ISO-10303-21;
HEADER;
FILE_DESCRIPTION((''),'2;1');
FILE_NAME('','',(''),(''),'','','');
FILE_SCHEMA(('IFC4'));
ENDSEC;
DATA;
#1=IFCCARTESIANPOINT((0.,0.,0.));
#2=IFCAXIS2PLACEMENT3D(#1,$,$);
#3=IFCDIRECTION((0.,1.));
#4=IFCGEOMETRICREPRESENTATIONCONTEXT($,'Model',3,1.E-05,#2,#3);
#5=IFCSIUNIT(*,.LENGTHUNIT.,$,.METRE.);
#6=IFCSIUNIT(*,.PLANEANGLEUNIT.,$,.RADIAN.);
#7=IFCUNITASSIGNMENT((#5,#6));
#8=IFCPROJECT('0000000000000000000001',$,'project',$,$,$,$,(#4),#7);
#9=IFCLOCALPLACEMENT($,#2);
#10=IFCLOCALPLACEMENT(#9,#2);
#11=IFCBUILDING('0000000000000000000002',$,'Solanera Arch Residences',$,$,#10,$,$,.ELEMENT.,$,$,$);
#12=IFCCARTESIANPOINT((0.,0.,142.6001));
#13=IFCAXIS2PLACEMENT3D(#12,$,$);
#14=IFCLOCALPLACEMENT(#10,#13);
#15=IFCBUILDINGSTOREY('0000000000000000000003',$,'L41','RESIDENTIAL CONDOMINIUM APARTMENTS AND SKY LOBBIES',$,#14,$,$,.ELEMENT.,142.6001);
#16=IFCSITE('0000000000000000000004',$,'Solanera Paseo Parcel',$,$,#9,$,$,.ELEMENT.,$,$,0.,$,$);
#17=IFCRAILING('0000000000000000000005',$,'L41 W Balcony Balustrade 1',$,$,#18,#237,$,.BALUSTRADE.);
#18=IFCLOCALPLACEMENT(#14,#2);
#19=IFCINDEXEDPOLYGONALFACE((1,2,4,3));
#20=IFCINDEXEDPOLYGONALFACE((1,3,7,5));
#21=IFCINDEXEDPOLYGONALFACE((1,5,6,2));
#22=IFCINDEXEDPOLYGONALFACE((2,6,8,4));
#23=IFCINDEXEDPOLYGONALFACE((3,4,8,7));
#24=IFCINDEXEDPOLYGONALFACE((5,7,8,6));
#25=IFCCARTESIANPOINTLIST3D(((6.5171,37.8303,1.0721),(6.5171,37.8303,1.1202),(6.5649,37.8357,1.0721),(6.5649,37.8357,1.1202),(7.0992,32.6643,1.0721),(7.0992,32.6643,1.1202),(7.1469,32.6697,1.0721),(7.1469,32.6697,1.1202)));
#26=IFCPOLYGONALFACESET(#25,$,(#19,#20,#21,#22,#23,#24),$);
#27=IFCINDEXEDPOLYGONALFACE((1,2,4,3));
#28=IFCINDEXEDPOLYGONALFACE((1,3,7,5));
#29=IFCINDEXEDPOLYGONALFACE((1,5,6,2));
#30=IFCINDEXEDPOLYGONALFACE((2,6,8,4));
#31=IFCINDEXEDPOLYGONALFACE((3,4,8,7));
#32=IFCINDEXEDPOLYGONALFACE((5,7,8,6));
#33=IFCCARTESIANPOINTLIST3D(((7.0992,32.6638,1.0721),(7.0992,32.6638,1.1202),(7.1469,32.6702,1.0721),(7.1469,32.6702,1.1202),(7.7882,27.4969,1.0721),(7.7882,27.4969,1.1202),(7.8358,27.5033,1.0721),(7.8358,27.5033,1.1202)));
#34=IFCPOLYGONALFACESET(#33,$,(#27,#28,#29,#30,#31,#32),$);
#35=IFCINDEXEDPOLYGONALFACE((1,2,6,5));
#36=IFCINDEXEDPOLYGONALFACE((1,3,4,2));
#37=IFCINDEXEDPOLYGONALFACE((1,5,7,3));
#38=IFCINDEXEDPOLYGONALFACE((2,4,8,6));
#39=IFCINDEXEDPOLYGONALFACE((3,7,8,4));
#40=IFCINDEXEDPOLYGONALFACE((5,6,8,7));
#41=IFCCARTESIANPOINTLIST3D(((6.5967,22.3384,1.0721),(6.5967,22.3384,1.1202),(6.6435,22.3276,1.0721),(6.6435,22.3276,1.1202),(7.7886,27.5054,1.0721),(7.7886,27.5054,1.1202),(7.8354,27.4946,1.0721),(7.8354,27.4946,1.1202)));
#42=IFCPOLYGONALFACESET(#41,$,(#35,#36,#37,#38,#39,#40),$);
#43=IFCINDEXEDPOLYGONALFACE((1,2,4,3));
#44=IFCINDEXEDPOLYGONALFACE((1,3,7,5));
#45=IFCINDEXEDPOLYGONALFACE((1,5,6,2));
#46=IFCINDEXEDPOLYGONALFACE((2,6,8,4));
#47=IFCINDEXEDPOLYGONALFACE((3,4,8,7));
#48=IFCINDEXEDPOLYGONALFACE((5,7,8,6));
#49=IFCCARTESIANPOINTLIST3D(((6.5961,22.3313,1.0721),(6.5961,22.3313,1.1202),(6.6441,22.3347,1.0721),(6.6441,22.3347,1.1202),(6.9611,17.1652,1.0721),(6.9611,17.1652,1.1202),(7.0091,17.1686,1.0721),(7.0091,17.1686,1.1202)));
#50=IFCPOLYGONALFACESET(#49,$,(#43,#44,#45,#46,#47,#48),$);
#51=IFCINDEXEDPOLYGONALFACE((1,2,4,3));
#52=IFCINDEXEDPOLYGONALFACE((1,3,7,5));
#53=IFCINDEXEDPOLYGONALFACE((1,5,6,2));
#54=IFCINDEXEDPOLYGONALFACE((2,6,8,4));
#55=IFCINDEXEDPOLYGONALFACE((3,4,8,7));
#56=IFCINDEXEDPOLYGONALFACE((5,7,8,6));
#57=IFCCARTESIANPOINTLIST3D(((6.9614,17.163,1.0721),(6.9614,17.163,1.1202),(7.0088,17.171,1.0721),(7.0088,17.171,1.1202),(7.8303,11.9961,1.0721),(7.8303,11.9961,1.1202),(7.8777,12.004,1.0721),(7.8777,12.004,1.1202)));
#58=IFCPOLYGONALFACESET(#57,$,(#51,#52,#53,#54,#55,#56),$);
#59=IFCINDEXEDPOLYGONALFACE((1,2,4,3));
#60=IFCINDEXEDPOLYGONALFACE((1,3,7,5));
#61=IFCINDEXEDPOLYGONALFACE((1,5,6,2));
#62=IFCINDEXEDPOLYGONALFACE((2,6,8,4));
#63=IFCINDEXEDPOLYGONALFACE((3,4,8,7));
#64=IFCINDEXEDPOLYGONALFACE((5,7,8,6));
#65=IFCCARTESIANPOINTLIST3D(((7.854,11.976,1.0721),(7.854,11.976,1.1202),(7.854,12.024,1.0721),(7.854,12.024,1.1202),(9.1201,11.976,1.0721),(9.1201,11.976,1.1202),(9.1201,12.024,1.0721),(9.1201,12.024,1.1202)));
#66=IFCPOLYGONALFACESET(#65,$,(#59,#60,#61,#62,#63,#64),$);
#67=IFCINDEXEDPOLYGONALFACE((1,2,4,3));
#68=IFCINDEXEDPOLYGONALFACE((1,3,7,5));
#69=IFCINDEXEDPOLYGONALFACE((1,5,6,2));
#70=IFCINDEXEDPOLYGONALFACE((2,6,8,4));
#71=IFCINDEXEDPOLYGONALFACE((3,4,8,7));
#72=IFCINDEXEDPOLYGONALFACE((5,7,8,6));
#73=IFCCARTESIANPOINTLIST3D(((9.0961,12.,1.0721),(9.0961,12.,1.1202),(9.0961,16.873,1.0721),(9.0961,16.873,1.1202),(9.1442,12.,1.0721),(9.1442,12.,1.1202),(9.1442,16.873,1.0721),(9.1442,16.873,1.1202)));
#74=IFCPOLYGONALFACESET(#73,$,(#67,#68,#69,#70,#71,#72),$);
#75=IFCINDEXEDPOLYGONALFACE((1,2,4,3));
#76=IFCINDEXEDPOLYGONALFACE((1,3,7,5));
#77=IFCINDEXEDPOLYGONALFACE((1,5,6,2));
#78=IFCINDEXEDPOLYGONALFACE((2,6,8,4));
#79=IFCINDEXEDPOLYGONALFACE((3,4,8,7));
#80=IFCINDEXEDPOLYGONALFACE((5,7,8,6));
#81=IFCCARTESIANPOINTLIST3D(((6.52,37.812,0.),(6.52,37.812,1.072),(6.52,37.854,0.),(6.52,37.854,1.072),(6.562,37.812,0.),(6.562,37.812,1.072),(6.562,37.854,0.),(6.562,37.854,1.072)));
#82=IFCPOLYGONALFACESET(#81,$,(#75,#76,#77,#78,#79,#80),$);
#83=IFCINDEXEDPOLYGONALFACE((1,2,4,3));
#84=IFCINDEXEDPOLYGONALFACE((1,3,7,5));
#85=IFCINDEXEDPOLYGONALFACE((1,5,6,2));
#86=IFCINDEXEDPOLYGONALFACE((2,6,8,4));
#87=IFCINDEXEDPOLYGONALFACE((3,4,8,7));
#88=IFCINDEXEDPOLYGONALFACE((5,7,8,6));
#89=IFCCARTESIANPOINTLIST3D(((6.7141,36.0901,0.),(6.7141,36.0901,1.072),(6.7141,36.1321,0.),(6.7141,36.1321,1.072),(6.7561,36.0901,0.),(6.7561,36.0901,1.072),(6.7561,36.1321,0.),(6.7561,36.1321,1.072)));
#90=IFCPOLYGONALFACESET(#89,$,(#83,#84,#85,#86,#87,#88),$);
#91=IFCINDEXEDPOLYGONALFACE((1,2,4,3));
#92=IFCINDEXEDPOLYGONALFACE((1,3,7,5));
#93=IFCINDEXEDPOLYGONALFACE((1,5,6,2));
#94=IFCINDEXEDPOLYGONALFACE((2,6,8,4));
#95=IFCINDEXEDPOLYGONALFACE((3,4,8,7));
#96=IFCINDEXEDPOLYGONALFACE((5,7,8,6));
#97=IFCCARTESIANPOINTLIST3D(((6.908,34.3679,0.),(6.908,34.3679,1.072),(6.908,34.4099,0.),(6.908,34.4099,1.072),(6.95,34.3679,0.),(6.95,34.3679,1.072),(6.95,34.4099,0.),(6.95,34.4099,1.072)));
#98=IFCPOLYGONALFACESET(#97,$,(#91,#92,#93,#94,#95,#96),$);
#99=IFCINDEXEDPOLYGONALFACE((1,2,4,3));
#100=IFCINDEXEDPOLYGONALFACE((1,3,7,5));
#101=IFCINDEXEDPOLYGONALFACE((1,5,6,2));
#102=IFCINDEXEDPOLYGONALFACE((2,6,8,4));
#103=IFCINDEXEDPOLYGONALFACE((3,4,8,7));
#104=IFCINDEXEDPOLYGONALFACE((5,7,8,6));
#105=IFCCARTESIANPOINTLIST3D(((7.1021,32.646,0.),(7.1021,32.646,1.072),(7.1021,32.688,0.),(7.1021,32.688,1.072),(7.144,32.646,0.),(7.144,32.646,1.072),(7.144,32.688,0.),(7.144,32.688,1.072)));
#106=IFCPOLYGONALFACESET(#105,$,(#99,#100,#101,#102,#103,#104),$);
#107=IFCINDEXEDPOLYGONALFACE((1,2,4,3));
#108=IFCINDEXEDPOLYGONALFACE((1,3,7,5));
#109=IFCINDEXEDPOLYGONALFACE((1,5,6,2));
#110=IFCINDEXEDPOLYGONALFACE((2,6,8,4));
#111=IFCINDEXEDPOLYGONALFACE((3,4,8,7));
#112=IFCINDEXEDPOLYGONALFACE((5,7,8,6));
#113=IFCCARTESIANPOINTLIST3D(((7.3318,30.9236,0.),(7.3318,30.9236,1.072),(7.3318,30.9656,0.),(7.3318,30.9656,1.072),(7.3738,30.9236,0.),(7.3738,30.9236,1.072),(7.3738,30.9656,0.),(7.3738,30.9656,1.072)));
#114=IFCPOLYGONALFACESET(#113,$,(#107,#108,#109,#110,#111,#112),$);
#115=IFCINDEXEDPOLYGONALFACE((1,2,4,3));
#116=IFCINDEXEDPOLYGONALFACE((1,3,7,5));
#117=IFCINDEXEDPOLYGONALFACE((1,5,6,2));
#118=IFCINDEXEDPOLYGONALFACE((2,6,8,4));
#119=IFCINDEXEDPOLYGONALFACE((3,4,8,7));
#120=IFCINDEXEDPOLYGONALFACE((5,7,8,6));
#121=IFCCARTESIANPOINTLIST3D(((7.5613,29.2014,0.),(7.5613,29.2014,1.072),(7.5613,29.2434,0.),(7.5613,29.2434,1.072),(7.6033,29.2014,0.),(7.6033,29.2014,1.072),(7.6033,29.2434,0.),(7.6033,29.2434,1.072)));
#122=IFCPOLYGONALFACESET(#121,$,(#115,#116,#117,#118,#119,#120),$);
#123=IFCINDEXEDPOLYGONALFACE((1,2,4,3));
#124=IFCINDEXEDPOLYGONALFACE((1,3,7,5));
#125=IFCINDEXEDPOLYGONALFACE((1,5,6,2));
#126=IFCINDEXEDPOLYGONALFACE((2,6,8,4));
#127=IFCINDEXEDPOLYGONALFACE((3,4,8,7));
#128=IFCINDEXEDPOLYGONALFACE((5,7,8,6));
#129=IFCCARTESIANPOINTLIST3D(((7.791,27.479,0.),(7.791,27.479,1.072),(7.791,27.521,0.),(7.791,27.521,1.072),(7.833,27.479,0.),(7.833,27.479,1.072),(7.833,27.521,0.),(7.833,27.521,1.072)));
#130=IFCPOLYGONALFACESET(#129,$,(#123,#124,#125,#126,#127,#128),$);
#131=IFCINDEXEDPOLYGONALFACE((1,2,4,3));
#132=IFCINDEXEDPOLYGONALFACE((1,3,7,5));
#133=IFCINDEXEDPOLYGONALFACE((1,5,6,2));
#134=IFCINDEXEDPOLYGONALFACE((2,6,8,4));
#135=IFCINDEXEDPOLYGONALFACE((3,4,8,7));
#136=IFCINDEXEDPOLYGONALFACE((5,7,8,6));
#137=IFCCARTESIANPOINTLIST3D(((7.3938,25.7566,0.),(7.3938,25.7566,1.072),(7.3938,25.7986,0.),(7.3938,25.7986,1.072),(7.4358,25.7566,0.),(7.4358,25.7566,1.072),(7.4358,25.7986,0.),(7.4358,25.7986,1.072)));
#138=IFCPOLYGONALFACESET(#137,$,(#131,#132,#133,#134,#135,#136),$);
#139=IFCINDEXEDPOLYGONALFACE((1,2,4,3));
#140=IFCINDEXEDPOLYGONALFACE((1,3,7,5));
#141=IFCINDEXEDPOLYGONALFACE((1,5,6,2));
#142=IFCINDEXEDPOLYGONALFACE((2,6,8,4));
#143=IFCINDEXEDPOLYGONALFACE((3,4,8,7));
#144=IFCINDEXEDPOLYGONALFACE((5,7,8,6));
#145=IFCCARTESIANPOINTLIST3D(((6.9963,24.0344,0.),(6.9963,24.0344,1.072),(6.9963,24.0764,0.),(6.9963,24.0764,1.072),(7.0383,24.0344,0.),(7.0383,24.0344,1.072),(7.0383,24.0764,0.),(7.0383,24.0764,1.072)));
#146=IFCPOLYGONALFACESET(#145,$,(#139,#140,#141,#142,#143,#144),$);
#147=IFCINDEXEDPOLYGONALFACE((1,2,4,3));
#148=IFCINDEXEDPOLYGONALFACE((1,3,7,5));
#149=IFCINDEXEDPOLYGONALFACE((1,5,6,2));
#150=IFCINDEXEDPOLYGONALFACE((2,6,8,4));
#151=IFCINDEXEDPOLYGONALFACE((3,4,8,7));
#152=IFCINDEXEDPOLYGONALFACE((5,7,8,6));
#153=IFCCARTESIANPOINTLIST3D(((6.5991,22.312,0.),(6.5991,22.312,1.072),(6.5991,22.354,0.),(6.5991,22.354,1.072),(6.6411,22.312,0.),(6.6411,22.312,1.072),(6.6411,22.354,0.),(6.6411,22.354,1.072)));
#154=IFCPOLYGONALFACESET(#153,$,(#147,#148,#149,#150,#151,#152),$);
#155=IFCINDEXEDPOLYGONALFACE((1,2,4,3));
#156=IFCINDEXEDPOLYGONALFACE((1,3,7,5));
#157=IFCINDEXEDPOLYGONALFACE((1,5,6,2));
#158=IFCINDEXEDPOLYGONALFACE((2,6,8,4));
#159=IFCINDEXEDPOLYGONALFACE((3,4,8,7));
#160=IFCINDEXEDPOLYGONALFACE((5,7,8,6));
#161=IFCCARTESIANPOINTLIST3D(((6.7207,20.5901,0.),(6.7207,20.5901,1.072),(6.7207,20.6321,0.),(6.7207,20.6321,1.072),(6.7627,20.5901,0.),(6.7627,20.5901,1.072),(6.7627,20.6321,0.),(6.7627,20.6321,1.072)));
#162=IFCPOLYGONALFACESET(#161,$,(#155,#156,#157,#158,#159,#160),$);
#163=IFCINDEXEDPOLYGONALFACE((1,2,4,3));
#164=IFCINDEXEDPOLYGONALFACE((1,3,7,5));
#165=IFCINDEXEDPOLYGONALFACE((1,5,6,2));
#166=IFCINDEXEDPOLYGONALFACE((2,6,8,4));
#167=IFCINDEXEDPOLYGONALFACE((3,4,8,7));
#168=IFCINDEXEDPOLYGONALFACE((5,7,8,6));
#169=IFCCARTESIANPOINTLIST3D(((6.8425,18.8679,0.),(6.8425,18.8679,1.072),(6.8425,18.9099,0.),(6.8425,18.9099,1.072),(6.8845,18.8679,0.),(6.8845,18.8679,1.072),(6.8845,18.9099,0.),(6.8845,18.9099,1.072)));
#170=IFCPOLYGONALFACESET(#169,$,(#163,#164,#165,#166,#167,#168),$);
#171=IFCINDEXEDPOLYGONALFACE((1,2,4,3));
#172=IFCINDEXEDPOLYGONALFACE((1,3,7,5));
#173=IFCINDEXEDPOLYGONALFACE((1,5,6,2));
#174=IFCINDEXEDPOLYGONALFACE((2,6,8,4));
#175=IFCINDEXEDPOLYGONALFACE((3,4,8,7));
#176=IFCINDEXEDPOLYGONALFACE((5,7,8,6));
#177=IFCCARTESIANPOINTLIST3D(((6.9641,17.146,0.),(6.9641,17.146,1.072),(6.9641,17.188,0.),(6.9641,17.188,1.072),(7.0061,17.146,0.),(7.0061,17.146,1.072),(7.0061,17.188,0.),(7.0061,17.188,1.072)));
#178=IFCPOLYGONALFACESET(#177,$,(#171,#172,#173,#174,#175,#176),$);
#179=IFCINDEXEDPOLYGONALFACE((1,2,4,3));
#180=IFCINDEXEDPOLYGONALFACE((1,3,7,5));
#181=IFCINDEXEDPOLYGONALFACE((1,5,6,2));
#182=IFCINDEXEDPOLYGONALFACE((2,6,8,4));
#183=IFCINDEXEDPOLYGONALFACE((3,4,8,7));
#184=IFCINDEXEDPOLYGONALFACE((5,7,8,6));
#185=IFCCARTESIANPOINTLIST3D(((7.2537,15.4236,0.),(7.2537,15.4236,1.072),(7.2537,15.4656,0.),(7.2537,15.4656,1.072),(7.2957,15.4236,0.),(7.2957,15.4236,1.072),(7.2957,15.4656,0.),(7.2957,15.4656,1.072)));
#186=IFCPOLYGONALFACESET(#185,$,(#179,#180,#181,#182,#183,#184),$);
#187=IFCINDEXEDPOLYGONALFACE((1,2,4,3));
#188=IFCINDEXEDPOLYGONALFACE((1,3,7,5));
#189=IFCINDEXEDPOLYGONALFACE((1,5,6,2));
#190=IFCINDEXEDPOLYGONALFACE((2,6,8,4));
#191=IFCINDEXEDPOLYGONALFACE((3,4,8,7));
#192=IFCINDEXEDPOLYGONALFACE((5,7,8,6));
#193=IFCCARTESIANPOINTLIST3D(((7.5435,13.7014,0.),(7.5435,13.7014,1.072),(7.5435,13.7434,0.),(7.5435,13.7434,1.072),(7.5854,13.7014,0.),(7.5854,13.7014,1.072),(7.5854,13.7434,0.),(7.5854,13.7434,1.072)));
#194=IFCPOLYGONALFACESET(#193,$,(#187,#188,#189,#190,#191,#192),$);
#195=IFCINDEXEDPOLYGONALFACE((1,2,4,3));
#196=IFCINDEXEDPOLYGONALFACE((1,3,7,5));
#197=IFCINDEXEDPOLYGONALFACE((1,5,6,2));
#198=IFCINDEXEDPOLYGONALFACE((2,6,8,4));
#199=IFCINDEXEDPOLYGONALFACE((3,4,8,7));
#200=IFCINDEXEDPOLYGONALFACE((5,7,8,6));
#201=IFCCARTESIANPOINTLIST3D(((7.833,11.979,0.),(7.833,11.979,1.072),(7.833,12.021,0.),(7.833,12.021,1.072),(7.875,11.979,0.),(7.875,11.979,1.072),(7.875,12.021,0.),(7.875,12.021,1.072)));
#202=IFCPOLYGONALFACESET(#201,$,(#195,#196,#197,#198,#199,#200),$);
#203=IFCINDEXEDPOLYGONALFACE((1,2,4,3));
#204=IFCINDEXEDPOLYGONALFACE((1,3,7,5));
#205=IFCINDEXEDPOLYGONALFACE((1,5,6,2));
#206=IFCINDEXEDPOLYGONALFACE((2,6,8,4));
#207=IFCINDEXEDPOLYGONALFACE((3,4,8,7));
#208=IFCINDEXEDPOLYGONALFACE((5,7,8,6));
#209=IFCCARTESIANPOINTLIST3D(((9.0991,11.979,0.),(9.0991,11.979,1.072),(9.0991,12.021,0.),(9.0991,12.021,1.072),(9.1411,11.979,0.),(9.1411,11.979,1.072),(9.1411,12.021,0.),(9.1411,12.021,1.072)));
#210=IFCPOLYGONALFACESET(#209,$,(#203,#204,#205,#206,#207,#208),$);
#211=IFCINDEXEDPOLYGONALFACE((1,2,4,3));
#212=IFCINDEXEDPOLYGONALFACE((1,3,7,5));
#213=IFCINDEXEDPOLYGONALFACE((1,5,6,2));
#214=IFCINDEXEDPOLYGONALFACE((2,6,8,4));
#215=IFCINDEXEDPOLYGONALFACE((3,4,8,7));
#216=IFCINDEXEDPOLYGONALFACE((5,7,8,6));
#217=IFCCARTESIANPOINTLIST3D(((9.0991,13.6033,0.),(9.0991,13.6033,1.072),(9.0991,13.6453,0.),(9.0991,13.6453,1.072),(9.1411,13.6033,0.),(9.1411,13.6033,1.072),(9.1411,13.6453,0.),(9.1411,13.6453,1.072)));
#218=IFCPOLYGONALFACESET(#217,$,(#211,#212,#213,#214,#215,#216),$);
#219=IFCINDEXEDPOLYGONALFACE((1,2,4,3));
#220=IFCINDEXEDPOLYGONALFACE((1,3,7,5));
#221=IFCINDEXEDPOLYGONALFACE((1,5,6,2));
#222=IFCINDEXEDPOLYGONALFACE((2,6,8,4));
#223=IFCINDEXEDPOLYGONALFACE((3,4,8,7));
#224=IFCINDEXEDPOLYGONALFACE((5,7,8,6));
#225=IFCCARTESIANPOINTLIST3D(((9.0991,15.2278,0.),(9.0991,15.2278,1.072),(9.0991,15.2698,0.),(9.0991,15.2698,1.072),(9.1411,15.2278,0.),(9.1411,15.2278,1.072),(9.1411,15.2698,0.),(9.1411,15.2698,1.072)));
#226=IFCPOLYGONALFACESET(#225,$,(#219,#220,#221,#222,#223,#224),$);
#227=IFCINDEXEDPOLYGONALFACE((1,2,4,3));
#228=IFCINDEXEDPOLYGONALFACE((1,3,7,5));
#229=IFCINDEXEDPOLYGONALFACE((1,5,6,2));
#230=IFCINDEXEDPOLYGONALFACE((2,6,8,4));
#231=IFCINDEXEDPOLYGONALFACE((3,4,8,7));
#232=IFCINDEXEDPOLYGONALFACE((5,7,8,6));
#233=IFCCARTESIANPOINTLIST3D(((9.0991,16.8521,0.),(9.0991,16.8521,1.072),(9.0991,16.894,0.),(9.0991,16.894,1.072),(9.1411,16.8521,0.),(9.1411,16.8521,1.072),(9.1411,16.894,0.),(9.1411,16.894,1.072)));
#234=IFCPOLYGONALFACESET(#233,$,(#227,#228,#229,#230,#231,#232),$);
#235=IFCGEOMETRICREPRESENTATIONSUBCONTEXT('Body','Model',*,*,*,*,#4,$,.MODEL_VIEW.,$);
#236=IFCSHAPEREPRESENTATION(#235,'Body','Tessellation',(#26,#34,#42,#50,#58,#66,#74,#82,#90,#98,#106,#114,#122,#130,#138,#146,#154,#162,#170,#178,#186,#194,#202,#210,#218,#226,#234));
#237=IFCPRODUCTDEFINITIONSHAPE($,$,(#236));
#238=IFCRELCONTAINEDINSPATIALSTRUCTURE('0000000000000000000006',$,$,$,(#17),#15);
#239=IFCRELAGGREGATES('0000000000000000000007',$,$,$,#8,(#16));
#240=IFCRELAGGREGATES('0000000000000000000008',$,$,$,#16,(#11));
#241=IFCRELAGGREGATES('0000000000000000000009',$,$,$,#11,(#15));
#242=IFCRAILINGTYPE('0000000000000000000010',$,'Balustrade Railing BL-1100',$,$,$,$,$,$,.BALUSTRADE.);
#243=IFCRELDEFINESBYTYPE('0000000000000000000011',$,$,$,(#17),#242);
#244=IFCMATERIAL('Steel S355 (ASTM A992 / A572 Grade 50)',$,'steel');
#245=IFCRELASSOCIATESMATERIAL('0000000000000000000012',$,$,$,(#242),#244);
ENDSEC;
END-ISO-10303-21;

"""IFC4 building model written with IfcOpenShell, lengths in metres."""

from ifc_helpers import new_model, si_unit, direction, frame, origin, origin_2d, place, context, subcontext, project, spatial, rectangle, extrude, material, type_object, element, save


model = new_model("IFC4")

# Units and contexts
model_context = context("Model", 3, precision=1e-05, world=origin(), true_north=direction((0.0, 1.0)))
body_context = subcontext(model_context, "Body", "Model", "MODEL_VIEW")
ifc_project = project(units=[si_unit("LENGTHUNIT", "METRE"), si_unit("PLANEANGLEUNIT", "RADIAN")], contexts=[model_context])

# Site, building, storey
site_placement = place(None, origin())
site = spatial("IfcSite", under=ifc_project, at=site_placement, Name="Solanera Paseo Parcel", CompositionType="ELEMENT", RefElevation=0.0)
building_placement = place(site_placement, origin())
building = spatial("IfcBuilding", under=site, at=building_placement, Name="Solanera Arch Residences", CompositionType="ELEMENT")
storey_placement = place(building_placement, frame((0.0, 0.0, 142.6001)))
storey = spatial("IfcBuildingStorey", under=building, at=storey_placement, Name="L41", Description="RESIDENTIAL CONDOMINIUM APARTMENTS AND SKY LOBBIES", CompositionType="ELEMENT", Elevation=142.6001)

# Railing
ifc_material_1 = material(Name="Steel S355 (ASTM A992 / A572 Grade 50)", Category="steel")
railing_type_1 = type_object("IfcRailingType", Name="Balustrade Railing BL-1100", PredefinedType="BALUSTRADE", material=ifc_material_1)
railing_1_placement = place(storey_placement, frame((6.541, 37.833, 0.0)))
element("IfcRailing", 1, at=railing_1_placement, inside=storey, type_object=railing_type_1, Name="L41 W Balcony Balustrade 1", PredefinedType="BALUSTRADE", context=body_context, shape_type="SweptSolid", body=[
    extrude(rectangle(XDim=0.0481, YDim=0.0481, at=origin_2d()), frame((0.0, 0.0, 1.0962), z_axis=(0.111957, -0.993713, 0.0), x_axis=(0.993713, 0.111957, 0.0)), (0.0, 0.0, 1.0), 5.1987),
    extrude(rectangle(XDim=0.0481, YDim=0.0481, at=origin_2d()), frame((0.582, -5.166, 1.0962), z_axis=(0.13217, -0.991227, 0.0), x_axis=(0.991227, 0.13217, 0.0)), (0.0, 0.0, 1.0), 5.2126),
    extrude(rectangle(XDim=0.0481, YDim=0.0481, at=origin_2d()), frame((1.271, -10.333, 1.0962), z_axis=(-0.224772, -0.974411, 0.0), x_axis=(0.974411, -0.224772, 0.0)), (0.0, 0.0, 1.0), 5.3027),
    extrude(rectangle(XDim=0.0481, YDim=0.0481, at=origin_2d()), frame((0.0791, -15.5, 1.0962), z_axis=(0.070476, -0.997513, 0.0), x_axis=(0.997513, 0.070476, 0.0)), (0.0, 0.0, 1.0), 5.179),
    extrude(rectangle(XDim=0.0481, YDim=0.0481, at=origin_2d()), frame((0.4441, -20.666, 1.0962), z_axis=(0.165834, -0.986154, 0.0), x_axis=(0.986154, 0.165834, 0.0)), (0.0, 0.0, 1.0), 5.2395),
    extrude(rectangle(XDim=0.0481, YDim=0.0481, at=origin_2d()), frame((1.313, -25.833, 1.0962), z_axis=(1.0, 0.0, 0.0), x_axis=(0.0, 1.0, 0.0)), (0.0, 0.0, 1.0), 1.2661),
    extrude(rectangle(XDim=0.0481, YDim=0.0481, at=origin_2d()), frame((2.5791, -25.833, 1.0962), z_axis=(0.0, 1.0, 0.0), x_axis=(-1.0, 0.0, 0.0)), (0.0, 0.0, 1.0), 4.873),
    extrude(rectangle(XDim=0.042, YDim=0.042, at=origin_2d()), origin(), (0.0, 0.0, 1.0), 1.072),
    extrude(rectangle(XDim=0.042, YDim=0.042, at=origin_2d()), frame((0.1941, -1.7219, 0.0)), (0.0, 0.0, 1.0), 1.072),
    extrude(rectangle(XDim=0.042, YDim=0.042, at=origin_2d()), frame((0.3879, -3.4441, 0.0)), (0.0, 0.0, 1.0), 1.072),
    extrude(rectangle(XDim=0.042, YDim=0.042, at=origin_2d()), frame((0.582, -5.166, 0.0)), (0.0, 0.0, 1.0), 1.072),
    extrude(rectangle(XDim=0.042, YDim=0.042, at=origin_2d()), frame((0.8118, -6.8884, 0.0)), (0.0, 0.0, 1.0), 1.072),
    extrude(rectangle(XDim=0.042, YDim=0.042, at=origin_2d()), frame((1.0413, -8.6106, 0.0)), (0.0, 0.0, 1.0), 1.072),
    extrude(rectangle(XDim=0.042, YDim=0.042, at=origin_2d()), frame((1.271, -10.333, 0.0)), (0.0, 0.0, 1.0), 1.072),
    extrude(rectangle(XDim=0.042, YDim=0.042, at=origin_2d()), frame((0.8738, -12.0554, 0.0)), (0.0, 0.0, 1.0), 1.072),
    extrude(rectangle(XDim=0.042, YDim=0.042, at=origin_2d()), frame((0.4763, -13.7776, 0.0)), (0.0, 0.0, 1.0), 1.072),
    extrude(rectangle(XDim=0.042, YDim=0.042, at=origin_2d()), frame((0.0791, -15.5, 0.0)), (0.0, 0.0, 1.0), 1.072),
    extrude(rectangle(XDim=0.042, YDim=0.042, at=origin_2d()), frame((0.2007, -17.2219, 0.0)), (0.0, 0.0, 1.0), 1.072),
    extrude(rectangle(XDim=0.042, YDim=0.042, at=origin_2d()), frame((0.3225, -18.9441, 0.0)), (0.0, 0.0, 1.0), 1.072),
    extrude(rectangle(XDim=0.042, YDim=0.042, at=origin_2d()), frame((0.4441, -20.666, 0.0)), (0.0, 0.0, 1.0), 1.072),
    extrude(rectangle(XDim=0.042, YDim=0.042, at=origin_2d()), frame((0.7336, -22.3884, 0.0)), (0.0, 0.0, 1.0), 1.072),
    extrude(rectangle(XDim=0.042, YDim=0.042, at=origin_2d()), frame((1.0234, -24.1106, 0.0)), (0.0, 0.0, 1.0), 1.072),
    extrude(rectangle(XDim=0.042, YDim=0.042, at=origin_2d()), frame((1.313, -25.833, 0.0)), (0.0, 0.0, 1.0), 1.072),
    extrude(rectangle(XDim=0.042, YDim=0.042, at=origin_2d()), frame((2.5791, -25.833, 0.0)), (0.0, 0.0, 1.0), 1.072),
    extrude(rectangle(XDim=0.042, YDim=0.042, at=origin_2d()), frame((2.5791, -24.2087, 0.0)), (0.0, 0.0, 1.0), 1.072),
    extrude(rectangle(XDim=0.042, YDim=0.042, at=origin_2d()), frame((2.5791, -22.5842, 0.0)), (0.0, 0.0, 1.0), 1.072),
    extrude(rectangle(XDim=0.042, YDim=0.042, at=origin_2d()), frame((2.5791, -20.96, 0.0)), (0.0, 0.0, 1.0), 1.072),
])

save(model, "model.ifc")
